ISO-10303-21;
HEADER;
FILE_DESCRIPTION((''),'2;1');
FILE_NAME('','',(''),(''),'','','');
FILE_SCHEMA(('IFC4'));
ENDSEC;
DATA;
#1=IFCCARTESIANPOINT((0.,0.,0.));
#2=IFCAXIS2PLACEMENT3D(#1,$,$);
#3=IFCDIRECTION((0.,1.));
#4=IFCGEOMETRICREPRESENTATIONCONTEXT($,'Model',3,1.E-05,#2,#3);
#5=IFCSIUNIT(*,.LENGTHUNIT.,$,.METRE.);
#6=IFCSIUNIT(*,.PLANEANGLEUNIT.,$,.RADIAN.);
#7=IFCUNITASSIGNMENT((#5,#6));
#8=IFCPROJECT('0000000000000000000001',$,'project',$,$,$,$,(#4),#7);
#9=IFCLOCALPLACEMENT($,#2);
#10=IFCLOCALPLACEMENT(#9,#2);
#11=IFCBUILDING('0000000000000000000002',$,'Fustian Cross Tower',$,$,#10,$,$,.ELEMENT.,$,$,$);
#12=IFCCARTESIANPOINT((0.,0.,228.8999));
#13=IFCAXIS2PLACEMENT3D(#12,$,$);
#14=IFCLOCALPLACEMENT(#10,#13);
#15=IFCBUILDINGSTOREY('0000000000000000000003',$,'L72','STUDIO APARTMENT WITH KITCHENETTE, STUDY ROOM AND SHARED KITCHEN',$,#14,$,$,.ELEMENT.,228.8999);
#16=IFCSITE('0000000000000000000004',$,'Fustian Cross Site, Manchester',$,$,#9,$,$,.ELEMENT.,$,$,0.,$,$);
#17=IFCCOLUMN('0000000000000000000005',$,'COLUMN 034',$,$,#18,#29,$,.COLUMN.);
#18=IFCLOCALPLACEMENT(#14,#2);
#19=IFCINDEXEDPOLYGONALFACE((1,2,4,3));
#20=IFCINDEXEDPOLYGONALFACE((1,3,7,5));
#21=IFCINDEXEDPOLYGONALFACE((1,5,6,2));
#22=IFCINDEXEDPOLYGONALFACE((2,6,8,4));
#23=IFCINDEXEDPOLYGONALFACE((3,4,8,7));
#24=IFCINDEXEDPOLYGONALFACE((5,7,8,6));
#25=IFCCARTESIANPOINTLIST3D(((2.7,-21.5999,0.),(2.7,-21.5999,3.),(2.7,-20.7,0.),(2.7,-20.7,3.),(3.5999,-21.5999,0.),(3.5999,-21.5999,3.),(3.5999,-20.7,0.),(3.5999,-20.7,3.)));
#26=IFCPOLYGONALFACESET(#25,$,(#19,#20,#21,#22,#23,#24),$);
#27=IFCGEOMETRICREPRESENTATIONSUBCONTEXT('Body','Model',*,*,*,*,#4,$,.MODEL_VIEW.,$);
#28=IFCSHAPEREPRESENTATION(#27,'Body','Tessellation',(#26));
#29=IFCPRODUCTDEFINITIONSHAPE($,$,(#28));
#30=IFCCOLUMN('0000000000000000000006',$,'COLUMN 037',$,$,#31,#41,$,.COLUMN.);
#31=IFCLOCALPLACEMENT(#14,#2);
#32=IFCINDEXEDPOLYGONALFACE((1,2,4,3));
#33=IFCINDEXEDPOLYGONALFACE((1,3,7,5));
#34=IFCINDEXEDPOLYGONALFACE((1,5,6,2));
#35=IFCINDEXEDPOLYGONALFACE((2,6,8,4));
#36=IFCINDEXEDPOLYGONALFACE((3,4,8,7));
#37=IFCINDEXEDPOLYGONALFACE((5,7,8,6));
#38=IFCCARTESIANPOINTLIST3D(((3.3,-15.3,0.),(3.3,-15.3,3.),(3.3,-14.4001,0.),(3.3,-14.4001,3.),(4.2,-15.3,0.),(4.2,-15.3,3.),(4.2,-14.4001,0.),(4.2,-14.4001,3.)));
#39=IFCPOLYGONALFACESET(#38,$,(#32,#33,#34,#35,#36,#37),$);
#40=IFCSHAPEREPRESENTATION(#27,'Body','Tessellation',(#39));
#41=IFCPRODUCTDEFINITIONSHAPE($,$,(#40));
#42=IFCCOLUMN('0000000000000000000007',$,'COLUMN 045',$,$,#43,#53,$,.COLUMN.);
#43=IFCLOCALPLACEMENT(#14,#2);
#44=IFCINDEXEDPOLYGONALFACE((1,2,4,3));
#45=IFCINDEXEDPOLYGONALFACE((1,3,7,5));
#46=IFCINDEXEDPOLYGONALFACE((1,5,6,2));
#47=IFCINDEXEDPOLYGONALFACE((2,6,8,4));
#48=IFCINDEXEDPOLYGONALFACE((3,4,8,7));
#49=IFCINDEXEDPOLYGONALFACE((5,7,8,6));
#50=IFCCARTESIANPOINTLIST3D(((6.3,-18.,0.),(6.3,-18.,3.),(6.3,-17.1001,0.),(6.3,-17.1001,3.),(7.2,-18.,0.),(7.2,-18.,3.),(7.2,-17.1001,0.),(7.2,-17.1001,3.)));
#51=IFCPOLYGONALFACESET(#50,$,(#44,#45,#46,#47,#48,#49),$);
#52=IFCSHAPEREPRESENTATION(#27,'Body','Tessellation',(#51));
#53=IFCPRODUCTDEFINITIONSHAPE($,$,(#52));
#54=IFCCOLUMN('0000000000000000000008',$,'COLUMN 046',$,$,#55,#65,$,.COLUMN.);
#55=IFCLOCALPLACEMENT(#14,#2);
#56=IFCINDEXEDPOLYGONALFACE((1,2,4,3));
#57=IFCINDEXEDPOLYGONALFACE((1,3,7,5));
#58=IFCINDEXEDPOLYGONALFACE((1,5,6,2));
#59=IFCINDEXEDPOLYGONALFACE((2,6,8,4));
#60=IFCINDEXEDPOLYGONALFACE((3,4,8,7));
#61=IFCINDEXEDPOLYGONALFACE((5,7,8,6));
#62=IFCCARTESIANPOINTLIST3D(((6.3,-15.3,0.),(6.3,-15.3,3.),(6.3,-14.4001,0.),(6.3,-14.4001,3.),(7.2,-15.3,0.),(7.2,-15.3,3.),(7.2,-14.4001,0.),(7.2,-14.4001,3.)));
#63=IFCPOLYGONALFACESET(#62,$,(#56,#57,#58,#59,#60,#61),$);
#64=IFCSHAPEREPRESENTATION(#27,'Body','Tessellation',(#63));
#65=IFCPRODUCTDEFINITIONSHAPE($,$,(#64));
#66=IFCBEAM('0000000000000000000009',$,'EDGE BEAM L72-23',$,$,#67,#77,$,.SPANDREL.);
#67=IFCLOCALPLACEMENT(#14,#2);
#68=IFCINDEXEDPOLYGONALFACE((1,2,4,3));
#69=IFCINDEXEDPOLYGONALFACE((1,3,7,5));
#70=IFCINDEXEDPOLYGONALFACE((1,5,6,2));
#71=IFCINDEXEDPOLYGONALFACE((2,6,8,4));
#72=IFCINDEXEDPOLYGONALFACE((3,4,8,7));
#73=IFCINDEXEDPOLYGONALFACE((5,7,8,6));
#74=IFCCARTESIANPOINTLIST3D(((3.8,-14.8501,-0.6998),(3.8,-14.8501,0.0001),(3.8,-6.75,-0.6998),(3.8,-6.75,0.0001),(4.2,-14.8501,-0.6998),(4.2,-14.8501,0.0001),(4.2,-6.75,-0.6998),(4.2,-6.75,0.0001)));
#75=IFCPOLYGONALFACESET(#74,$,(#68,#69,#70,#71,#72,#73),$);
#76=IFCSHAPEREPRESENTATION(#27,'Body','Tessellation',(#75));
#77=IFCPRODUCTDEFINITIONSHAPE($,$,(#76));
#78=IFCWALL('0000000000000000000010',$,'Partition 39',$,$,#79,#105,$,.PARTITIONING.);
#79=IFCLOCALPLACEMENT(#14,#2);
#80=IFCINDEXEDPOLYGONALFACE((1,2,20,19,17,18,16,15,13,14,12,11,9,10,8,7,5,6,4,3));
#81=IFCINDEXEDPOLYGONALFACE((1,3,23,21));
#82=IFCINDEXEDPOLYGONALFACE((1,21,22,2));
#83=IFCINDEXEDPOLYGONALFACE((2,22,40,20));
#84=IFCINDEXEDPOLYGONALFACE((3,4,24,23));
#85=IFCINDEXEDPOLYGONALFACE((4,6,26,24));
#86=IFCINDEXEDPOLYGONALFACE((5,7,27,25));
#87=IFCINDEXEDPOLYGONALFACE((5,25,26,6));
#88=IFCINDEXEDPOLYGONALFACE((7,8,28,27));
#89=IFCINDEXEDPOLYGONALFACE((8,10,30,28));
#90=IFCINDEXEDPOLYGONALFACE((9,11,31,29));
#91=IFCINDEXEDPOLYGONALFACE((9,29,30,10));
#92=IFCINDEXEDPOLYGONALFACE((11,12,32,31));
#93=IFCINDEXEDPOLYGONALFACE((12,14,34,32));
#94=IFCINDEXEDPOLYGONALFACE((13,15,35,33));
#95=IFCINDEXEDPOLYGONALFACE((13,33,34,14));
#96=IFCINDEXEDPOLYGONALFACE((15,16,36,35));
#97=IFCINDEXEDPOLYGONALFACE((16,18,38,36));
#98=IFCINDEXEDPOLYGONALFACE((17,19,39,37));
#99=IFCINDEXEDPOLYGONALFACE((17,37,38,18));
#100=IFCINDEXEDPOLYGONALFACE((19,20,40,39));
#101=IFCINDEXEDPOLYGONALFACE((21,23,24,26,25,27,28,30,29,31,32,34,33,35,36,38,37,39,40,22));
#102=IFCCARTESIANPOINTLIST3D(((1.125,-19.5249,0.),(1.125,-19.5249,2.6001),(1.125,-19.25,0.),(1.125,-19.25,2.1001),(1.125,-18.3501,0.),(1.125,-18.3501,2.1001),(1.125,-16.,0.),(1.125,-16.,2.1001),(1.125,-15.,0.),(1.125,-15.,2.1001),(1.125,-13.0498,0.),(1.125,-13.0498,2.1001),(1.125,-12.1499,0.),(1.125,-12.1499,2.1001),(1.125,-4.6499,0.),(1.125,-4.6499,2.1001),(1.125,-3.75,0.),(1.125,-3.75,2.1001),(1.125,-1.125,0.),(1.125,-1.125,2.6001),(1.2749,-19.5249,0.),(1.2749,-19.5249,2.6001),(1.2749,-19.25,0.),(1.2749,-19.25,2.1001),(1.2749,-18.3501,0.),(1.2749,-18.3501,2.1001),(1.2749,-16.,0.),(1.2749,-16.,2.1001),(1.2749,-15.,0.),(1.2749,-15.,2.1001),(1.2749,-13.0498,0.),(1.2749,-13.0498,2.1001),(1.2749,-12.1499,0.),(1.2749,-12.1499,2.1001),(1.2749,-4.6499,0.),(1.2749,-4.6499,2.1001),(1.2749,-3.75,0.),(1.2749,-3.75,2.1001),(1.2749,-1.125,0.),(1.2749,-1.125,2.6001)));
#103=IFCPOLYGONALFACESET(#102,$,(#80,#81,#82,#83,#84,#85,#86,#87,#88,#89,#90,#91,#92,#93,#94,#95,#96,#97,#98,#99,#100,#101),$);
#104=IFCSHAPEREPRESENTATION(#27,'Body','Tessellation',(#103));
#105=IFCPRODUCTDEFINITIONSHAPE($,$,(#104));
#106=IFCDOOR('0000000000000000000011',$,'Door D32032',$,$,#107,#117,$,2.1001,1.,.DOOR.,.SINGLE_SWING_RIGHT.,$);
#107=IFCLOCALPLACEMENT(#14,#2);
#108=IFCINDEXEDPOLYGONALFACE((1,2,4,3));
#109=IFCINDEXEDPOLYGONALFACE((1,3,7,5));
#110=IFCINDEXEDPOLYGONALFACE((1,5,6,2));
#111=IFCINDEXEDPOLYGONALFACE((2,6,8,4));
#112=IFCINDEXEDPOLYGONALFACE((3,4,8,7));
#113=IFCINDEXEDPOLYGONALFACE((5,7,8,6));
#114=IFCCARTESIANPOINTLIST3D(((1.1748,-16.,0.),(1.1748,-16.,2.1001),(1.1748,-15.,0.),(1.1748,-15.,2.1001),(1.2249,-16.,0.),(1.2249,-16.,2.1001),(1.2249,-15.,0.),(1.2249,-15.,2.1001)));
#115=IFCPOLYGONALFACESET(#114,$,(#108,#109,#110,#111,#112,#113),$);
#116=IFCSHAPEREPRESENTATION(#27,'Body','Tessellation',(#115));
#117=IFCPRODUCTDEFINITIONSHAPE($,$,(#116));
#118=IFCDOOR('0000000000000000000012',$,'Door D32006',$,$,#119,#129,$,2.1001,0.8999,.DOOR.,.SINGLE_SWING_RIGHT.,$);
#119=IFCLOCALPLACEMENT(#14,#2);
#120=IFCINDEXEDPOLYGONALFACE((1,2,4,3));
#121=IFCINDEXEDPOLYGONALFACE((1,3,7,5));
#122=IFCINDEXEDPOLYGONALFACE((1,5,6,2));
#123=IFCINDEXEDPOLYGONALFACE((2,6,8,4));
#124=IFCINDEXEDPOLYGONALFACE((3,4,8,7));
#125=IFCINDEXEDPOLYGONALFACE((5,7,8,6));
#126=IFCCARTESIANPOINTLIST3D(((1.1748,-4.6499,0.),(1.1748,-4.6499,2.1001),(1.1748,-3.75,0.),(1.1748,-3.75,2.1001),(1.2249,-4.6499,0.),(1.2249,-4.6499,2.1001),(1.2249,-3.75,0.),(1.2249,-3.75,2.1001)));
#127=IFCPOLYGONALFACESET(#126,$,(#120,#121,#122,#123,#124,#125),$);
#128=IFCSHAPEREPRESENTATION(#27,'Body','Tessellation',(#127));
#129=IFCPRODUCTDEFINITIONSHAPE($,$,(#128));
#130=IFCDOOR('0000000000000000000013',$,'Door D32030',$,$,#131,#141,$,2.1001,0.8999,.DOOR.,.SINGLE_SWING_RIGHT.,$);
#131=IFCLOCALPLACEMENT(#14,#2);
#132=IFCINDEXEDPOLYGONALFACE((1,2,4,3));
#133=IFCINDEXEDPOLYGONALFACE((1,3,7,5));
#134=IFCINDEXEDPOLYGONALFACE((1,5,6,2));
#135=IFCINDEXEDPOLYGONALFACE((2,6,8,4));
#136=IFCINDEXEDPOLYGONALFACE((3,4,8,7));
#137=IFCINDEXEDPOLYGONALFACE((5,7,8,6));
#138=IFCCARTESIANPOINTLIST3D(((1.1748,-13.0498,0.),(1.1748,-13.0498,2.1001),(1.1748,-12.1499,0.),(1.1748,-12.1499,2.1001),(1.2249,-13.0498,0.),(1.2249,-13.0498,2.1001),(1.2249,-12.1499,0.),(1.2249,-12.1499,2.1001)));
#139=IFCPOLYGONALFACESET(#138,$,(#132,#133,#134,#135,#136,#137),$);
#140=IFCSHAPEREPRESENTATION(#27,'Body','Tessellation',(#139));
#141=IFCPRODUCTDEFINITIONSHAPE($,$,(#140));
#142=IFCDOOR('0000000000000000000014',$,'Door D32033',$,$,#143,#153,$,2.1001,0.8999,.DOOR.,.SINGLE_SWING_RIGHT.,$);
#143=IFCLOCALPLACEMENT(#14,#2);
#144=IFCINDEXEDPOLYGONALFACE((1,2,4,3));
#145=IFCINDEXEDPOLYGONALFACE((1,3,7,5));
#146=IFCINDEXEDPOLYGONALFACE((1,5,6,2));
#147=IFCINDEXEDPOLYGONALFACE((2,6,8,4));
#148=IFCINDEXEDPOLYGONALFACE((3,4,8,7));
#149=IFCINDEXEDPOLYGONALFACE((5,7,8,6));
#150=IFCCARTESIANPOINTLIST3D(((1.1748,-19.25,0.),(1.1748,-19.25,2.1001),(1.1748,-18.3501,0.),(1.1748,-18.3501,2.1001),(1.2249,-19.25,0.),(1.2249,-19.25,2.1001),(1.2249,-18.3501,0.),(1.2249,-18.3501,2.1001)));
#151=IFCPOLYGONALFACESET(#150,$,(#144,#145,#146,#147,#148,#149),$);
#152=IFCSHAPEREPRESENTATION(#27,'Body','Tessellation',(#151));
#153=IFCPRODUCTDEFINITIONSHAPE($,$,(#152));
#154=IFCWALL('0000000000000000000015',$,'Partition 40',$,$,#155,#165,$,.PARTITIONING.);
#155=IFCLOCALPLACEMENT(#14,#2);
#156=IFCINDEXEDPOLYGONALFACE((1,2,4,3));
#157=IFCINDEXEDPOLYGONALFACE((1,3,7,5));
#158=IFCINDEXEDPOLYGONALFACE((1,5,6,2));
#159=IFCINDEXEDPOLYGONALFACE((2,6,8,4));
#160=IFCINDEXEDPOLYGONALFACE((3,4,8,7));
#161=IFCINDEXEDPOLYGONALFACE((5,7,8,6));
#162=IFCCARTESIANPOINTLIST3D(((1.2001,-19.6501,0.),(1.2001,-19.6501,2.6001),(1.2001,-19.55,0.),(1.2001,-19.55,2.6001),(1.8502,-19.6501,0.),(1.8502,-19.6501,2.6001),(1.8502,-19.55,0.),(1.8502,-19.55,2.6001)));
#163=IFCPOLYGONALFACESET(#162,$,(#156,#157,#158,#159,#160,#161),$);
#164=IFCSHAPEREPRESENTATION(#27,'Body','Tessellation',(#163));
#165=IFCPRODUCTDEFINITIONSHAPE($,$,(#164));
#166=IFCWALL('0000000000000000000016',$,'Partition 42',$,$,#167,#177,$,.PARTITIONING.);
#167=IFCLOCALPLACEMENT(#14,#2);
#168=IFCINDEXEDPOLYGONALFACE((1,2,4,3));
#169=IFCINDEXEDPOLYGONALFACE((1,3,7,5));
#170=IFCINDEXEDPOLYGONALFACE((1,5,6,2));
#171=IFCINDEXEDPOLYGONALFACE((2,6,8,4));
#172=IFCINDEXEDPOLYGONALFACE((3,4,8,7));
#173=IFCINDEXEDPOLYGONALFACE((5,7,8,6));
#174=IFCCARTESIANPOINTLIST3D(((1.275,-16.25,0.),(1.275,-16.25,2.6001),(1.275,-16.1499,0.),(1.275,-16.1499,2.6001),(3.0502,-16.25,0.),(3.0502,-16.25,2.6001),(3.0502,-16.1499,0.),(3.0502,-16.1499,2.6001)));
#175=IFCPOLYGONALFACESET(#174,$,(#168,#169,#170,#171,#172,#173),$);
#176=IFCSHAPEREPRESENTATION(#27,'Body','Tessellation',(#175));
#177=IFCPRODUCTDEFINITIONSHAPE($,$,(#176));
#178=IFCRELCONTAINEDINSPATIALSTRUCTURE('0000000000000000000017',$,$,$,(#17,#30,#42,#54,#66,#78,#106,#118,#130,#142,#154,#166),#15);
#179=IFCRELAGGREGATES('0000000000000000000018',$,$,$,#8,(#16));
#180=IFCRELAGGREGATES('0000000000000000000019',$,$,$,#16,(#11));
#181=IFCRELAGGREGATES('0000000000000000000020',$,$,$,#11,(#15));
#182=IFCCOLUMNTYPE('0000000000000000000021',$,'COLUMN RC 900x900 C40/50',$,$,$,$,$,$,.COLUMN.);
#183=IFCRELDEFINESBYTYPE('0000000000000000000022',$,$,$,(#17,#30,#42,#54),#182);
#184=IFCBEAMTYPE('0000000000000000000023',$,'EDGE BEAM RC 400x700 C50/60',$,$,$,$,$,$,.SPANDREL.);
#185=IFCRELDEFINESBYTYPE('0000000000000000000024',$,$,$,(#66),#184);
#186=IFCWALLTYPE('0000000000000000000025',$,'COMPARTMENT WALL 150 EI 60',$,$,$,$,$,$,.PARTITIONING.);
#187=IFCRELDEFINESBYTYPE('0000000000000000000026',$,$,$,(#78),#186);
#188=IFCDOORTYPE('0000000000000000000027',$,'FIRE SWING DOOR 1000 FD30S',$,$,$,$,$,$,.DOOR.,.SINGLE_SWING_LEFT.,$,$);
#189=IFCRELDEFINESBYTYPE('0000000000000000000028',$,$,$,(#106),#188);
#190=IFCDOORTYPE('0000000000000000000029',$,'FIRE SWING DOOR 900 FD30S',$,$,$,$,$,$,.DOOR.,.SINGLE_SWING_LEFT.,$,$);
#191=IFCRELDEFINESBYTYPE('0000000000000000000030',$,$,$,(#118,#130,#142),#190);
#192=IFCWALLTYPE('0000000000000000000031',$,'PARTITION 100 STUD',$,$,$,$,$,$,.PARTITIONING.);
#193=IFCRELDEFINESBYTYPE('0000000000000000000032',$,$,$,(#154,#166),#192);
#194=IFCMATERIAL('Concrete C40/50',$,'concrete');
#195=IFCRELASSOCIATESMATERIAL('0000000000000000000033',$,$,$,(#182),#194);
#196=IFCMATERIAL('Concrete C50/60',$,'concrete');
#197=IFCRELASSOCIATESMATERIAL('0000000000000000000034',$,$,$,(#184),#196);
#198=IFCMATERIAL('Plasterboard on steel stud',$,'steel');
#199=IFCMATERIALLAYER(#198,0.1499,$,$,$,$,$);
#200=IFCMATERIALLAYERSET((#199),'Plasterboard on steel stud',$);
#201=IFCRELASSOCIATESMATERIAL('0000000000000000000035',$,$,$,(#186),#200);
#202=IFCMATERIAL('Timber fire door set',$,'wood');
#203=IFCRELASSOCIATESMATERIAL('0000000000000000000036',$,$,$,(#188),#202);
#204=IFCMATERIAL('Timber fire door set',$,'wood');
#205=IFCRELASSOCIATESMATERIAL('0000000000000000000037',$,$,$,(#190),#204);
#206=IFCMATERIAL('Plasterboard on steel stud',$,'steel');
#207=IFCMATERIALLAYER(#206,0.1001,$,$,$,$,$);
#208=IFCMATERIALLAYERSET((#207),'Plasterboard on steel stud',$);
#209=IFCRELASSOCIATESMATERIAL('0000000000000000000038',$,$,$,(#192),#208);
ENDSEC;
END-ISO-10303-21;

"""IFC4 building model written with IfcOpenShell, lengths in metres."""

from ifc_helpers import new_model, si_unit, direction, frame, frame_2d, origin, origin_2d, place, context, subcontext, project, spatial, rectangle, extrude, material, layer, layer_set, material_profile, profile_set, type_object, element, fill, save


model = new_model("IFC4")

# Units and contexts
model_context = context("Model", 3, precision=1e-05, world=origin(), true_north=direction((0.0, 1.0)))
body_context = subcontext(model_context, "Body", "Model", "MODEL_VIEW")
ifc_project = project(units=[si_unit("LENGTHUNIT", "METRE"), si_unit("PLANEANGLEUNIT", "RADIAN")], contexts=[model_context])

# Site, building, storey
site_placement = place(None, origin())
site = spatial("IfcSite", under=ifc_project, at=site_placement, Name="Fustian Cross Site, Manchester", CompositionType="ELEMENT", RefElevation=0.0)
building_placement = place(site_placement, origin())
building = spatial("IfcBuilding", under=site, at=building_placement, Name="Fustian Cross Tower", CompositionType="ELEMENT")
storey_placement = place(building_placement, frame((0.0, 0.0, 228.8999)))
storey = spatial("IfcBuildingStorey", under=building, at=storey_placement, Name="L72", Description="STUDIO APARTMENT WITH KITCHENETTE, STUDY ROOM AND SHARED KITCHEN", CompositionType="ELEMENT", Elevation=228.8999)

# Columns
ifc_material_1 = material(Name="Concrete C40/50", Category="concrete")
ifc_material_profile_1 = material_profile(ifc_material_1, rectangle(XDim=0.8999, YDim=0.8999, at=origin_2d()), Name="RC 900x900")
ifc_profile_set_1 = profile_set([ifc_material_profile_1], Name="Concrete C40/50")
column_type = type_object("IfcColumnType", Name="COLUMN RC 900x900 C40/50", PredefinedType="COLUMN", material=ifc_profile_set_1)
for number, where, z_axis, x_axis, name in (
    (1, (3.1499, -21.1499, 0.0), (0.0, 0.0, 1.0), (1.0, 0.0, 0.0), "COLUMN 034"),
    (2, (3.75, -14.8501, 0.0), (0.0, 0.0, 1.0), (1.0, 0.0, 0.0), "COLUMN 037"),
    (3, (6.75, -17.55, 0.0), (0.0, 0.0, 1.0), (1.0, 0.0, 0.0), "COLUMN 045"),
    (4, (6.75, -14.8501, 0.0), (0.0, 0.0, 1.0), (1.0, 0.0, 0.0), "COLUMN 046"),
):
    element("IfcColumn", number, at=place(storey_placement, frame(where, z_axis=z_axis, x_axis=x_axis)), inside=storey, type_object=column_type, Name=name, PredefinedType="COLUMN", context=body_context, shape_type="SweptSolid", body=[
        extrude(rectangle(XDim=0.8999, YDim=0.8999, at=origin_2d()), origin(), (0.0, 0.0, 1.0), 3.0),
    ])

# Beam
ifc_material_2 = material(Name="Concrete C50/60", Category="concrete")
ifc_material_profile_2 = material_profile(ifc_material_2, rectangle(XDim=0.3999, YDim=0.7, at=origin_2d()), Name="RC 400x700")
ifc_profile_set_2 = profile_set([ifc_material_profile_2], Name="Concrete C50/60")
beam_type = type_object("IfcBeamType", Name="EDGE BEAM RC 400x700 C50/60", PredefinedType="SPANDREL", material=ifc_profile_set_2)
beam_placement = place(storey_placement, frame((4.0, -14.8501, -0.3499), z_axis=(0.0, 1.0, 0.0), x_axis=(-1.0, 0.0, 0.0)))
element("IfcBeam", 5, at=beam_placement, inside=storey, type_object=beam_type, Name="EDGE BEAM L72-23", PredefinedType="SPANDREL", context=body_context, shape_type="SweptSolid", body=[
    extrude(rectangle(XDim=0.3999, YDim=0.7, at=origin_2d()), origin(), (0.0, 0.0, 1.0), 8.1001),
])

# Wall, openings, doors
ifc_material_3 = material(Name="Plasterboard on steel stud", Category="steel")
ifc_layer_1 = layer(ifc_material_3, 0.1499)
ifc_layer_set_1 = layer_set([ifc_layer_1], Name="Plasterboard on steel stud")
wall_type_1 = type_object("IfcWallType", Name="COMPARTMENT WALL 150 EI 60", PredefinedType="PARTITIONING", material=ifc_layer_set_1)
wall_1_placement = place(storey_placement, frame((1.2, -19.5249, 0.0), z_axis=(0.0, 0.0, 1.0), x_axis=(0.0, 1.0, 0.0)))
wall_1 = element("IfcWall", 6, at=wall_1_placement, inside=storey, type_object=wall_type_1, Name="Partition 39", PredefinedType="PARTITIONING", context=body_context, shape_type="SweptSolid", body=[
    extrude(rectangle(XDim=18.3999, YDim=0.1499, at=frame_2d((9.2, 0.0))), origin(), (0.0, 0.0, 1.0), 2.6001),
])
opening_1_placement = place(wall_1_placement, frame((14.875, 0.0, 0.0)))
opening_1 = element("IfcOpeningElement", 7, at=opening_1_placement, cuts=wall_1, PredefinedType="OPENING", context=body_context, shape_type="SweptSolid", body=[
    extrude(rectangle(XDim=0.8999, YDim=2.1001, at=frame_2d((0.45, 1.05))), frame((0.0, 0.085, 0.0), z_axis=(0.0, -1.0, 0.0), x_axis=(1.0, 0.0, 0.0)), (0.0, 0.0, 1.0), 0.1699),
])
opening_2_placement = place(wall_1_placement, frame((6.4751, 0.0, 0.0)))
opening_2 = element("IfcOpeningElement", 8, at=opening_2_placement, cuts=wall_1, PredefinedType="OPENING", context=body_context, shape_type="SweptSolid", body=[
    extrude(rectangle(XDim=0.8999, YDim=2.1001, at=frame_2d((0.45, 1.05))), frame((0.0, 0.085, 0.0), z_axis=(0.0, -1.0, 0.0), x_axis=(1.0, 0.0, 0.0)), (0.0, 0.0, 1.0), 0.1699),
])
opening_3_placement = place(wall_1_placement, frame((3.5249, 0.0, 0.0)))
opening_3 = element("IfcOpeningElement", 9, at=opening_3_placement, cuts=wall_1, PredefinedType="OPENING", context=body_context, shape_type="SweptSolid", body=[
    extrude(rectangle(XDim=1.0, YDim=2.1001, at=frame_2d((0.5, 1.05))), frame((0.0, 0.085, 0.0), z_axis=(0.0, -1.0, 0.0), x_axis=(1.0, 0.0, 0.0)), (0.0, 0.0, 1.0), 0.1699),
])
opening_4_placement = place(wall_1_placement, frame((0.2749, 0.0, 0.0)))
opening_4 = element("IfcOpeningElement", 10, at=opening_4_placement, cuts=wall_1, PredefinedType="OPENING", context=body_context, shape_type="SweptSolid", body=[
    extrude(rectangle(XDim=0.8999, YDim=2.1001, at=frame_2d((0.45, 1.05))), frame((0.0, 0.085, 0.0), z_axis=(0.0, -1.0, 0.0), x_axis=(1.0, 0.0, 0.0)), (0.0, 0.0, 1.0), 0.1699),
])
ifc_material_4 = material(Name="Timber fire door set", Category="wood")
door_type_1 = type_object("IfcDoorType", Name="FIRE SWING DOOR 1000 FD30S", OperationType="SINGLE_SWING_LEFT", PredefinedType="DOOR", material=ifc_material_4)
door_1_placement = place(opening_3_placement, frame((1.0, 0.0, 0.0), z_axis=(0.0, 0.0, 1.0), x_axis=(-1.0, 0.0, 0.0)))
door_1 = element("IfcDoor", 11, at=door_1_placement, inside=storey, type_object=door_type_1, Name="Door D32032", OperationType="SINGLE_SWING_RIGHT", OverallHeight=2.1001, OverallWidth=1.0, PredefinedType="DOOR", context=body_context, shape_type="SweptSolid", body=[
    extrude(rectangle(XDim=1.0, YDim=2.1001, at=frame_2d((0.5, 1.05))), frame((0.0, 0.0249, 0.0), z_axis=(0.0, -1.0, 0.0), x_axis=(1.0, 0.0, 0.0)), (0.0, 0.0, 1.0), 0.05),
])
fill(opening_3, door_1)
ifc_material_5 = material(Name="Timber fire door set", Category="wood")
door_type_2 = type_object("IfcDoorType", Name="FIRE SWING DOOR 900 FD30S", OperationType="SINGLE_SWING_LEFT", PredefinedType="DOOR", material=ifc_material_5)
door_2_placement = place(opening_1_placement, frame((0.8999, 0.0, 0.0), z_axis=(0.0, 0.0, 1.0), x_axis=(-1.0, 0.0, 0.0)))
door_2 = element("IfcDoor", 12, at=door_2_placement, inside=storey, type_object=door_type_2, Name="Door D32006", OperationType="SINGLE_SWING_RIGHT", OverallHeight=2.1001, OverallWidth=0.8999, PredefinedType="DOOR", context=body_context, shape_type="SweptSolid", body=[
    extrude(rectangle(XDim=0.8999, YDim=2.1001, at=frame_2d((0.45, 1.05))), frame((0.0, 0.0249, 0.0), z_axis=(0.0, -1.0, 0.0), x_axis=(1.0, 0.0, 0.0)), (0.0, 0.0, 1.0), 0.05),
])
fill(opening_1, door_2)
door_3_placement = place(opening_2_placement, frame((0.8999, 0.0, 0.0), z_axis=(0.0, 0.0, 1.0), x_axis=(-1.0, 0.0, 0.0)))
door_3 = element("IfcDoor", 13, at=door_3_placement, inside=storey, type_object=door_type_2, Name="Door D32030", OperationType="SINGLE_SWING_RIGHT", OverallHeight=2.1001, OverallWidth=0.8999, PredefinedType="DOOR", context=body_context, shape_type="SweptSolid", body=[
    extrude(rectangle(XDim=0.8999, YDim=2.1001, at=frame_2d((0.45, 1.05))), frame((0.0, 0.0249, 0.0), z_axis=(0.0, -1.0, 0.0), x_axis=(1.0, 0.0, 0.0)), (0.0, 0.0, 1.0), 0.05),
])
fill(opening_2, door_3)
door_4_placement = place(opening_4_placement, frame((0.8999, 0.0, 0.0), z_axis=(0.0, 0.0, 1.0), x_axis=(-1.0, 0.0, 0.0)))
door_4 = element("IfcDoor", 14, at=door_4_placement, inside=storey, type_object=door_type_2, Name="Door D32033", OperationType="SINGLE_SWING_RIGHT", OverallHeight=2.1001, OverallWidth=0.8999, PredefinedType="DOOR", context=body_context, shape_type="SweptSolid", body=[
    extrude(rectangle(XDim=0.8999, YDim=2.1001, at=frame_2d((0.45, 1.05))), frame((0.0, 0.0249, 0.0), z_axis=(0.0, -1.0, 0.0), x_axis=(1.0, 0.0, 0.0)), (0.0, 0.0, 1.0), 0.05),
])
fill(opening_4, door_4)

# Walls
ifc_material_6 = material(Name="Plasterboard on steel stud", Category="steel")
ifc_layer_2 = layer(ifc_material_6, 0.1001)
ifc_layer_set_2 = layer_set([ifc_layer_2], Name="Plasterboard on steel stud")
wall_type_2 = type_object("IfcWallType", Name="PARTITION 100 STUD", PredefinedType="PARTITIONING", material=ifc_layer_set_2)
wall_2_placement = place(storey_placement, frame((1.2, -19.6001, 0.0), z_axis=(0.0, 0.0, 1.0), x_axis=(1.0, 0.0, 0.0)))
element("IfcWall", 15, at=wall_2_placement, inside=storey, type_object=wall_type_2, Name="Partition 40", PredefinedType="PARTITIONING", context=body_context, shape_type="SweptSolid", body=[
    extrude(rectangle(XDim=0.6501, YDim=0.1001, at=frame_2d((0.3252, 0.0))), origin(), (0.0, 0.0, 1.0), 2.6001),
])
wall_3_placement = place(storey_placement, frame((1.2749, -16.2, 0.0), z_axis=(0.0, 0.0, 1.0), x_axis=(1.0, 0.0, 0.0)))
element("IfcWall", 16, at=wall_3_placement, inside=storey, type_object=wall_type_2, Name="Partition 42", PredefinedType="PARTITIONING", context=body_context, shape_type="SweptSolid", body=[
    extrude(rectangle(XDim=1.7751, YDim=0.1001, at=frame_2d((0.8877, 0.0))), origin(), (0.0, 0.0, 1.0), 2.6001),
])

save(model, "model.ifc")
